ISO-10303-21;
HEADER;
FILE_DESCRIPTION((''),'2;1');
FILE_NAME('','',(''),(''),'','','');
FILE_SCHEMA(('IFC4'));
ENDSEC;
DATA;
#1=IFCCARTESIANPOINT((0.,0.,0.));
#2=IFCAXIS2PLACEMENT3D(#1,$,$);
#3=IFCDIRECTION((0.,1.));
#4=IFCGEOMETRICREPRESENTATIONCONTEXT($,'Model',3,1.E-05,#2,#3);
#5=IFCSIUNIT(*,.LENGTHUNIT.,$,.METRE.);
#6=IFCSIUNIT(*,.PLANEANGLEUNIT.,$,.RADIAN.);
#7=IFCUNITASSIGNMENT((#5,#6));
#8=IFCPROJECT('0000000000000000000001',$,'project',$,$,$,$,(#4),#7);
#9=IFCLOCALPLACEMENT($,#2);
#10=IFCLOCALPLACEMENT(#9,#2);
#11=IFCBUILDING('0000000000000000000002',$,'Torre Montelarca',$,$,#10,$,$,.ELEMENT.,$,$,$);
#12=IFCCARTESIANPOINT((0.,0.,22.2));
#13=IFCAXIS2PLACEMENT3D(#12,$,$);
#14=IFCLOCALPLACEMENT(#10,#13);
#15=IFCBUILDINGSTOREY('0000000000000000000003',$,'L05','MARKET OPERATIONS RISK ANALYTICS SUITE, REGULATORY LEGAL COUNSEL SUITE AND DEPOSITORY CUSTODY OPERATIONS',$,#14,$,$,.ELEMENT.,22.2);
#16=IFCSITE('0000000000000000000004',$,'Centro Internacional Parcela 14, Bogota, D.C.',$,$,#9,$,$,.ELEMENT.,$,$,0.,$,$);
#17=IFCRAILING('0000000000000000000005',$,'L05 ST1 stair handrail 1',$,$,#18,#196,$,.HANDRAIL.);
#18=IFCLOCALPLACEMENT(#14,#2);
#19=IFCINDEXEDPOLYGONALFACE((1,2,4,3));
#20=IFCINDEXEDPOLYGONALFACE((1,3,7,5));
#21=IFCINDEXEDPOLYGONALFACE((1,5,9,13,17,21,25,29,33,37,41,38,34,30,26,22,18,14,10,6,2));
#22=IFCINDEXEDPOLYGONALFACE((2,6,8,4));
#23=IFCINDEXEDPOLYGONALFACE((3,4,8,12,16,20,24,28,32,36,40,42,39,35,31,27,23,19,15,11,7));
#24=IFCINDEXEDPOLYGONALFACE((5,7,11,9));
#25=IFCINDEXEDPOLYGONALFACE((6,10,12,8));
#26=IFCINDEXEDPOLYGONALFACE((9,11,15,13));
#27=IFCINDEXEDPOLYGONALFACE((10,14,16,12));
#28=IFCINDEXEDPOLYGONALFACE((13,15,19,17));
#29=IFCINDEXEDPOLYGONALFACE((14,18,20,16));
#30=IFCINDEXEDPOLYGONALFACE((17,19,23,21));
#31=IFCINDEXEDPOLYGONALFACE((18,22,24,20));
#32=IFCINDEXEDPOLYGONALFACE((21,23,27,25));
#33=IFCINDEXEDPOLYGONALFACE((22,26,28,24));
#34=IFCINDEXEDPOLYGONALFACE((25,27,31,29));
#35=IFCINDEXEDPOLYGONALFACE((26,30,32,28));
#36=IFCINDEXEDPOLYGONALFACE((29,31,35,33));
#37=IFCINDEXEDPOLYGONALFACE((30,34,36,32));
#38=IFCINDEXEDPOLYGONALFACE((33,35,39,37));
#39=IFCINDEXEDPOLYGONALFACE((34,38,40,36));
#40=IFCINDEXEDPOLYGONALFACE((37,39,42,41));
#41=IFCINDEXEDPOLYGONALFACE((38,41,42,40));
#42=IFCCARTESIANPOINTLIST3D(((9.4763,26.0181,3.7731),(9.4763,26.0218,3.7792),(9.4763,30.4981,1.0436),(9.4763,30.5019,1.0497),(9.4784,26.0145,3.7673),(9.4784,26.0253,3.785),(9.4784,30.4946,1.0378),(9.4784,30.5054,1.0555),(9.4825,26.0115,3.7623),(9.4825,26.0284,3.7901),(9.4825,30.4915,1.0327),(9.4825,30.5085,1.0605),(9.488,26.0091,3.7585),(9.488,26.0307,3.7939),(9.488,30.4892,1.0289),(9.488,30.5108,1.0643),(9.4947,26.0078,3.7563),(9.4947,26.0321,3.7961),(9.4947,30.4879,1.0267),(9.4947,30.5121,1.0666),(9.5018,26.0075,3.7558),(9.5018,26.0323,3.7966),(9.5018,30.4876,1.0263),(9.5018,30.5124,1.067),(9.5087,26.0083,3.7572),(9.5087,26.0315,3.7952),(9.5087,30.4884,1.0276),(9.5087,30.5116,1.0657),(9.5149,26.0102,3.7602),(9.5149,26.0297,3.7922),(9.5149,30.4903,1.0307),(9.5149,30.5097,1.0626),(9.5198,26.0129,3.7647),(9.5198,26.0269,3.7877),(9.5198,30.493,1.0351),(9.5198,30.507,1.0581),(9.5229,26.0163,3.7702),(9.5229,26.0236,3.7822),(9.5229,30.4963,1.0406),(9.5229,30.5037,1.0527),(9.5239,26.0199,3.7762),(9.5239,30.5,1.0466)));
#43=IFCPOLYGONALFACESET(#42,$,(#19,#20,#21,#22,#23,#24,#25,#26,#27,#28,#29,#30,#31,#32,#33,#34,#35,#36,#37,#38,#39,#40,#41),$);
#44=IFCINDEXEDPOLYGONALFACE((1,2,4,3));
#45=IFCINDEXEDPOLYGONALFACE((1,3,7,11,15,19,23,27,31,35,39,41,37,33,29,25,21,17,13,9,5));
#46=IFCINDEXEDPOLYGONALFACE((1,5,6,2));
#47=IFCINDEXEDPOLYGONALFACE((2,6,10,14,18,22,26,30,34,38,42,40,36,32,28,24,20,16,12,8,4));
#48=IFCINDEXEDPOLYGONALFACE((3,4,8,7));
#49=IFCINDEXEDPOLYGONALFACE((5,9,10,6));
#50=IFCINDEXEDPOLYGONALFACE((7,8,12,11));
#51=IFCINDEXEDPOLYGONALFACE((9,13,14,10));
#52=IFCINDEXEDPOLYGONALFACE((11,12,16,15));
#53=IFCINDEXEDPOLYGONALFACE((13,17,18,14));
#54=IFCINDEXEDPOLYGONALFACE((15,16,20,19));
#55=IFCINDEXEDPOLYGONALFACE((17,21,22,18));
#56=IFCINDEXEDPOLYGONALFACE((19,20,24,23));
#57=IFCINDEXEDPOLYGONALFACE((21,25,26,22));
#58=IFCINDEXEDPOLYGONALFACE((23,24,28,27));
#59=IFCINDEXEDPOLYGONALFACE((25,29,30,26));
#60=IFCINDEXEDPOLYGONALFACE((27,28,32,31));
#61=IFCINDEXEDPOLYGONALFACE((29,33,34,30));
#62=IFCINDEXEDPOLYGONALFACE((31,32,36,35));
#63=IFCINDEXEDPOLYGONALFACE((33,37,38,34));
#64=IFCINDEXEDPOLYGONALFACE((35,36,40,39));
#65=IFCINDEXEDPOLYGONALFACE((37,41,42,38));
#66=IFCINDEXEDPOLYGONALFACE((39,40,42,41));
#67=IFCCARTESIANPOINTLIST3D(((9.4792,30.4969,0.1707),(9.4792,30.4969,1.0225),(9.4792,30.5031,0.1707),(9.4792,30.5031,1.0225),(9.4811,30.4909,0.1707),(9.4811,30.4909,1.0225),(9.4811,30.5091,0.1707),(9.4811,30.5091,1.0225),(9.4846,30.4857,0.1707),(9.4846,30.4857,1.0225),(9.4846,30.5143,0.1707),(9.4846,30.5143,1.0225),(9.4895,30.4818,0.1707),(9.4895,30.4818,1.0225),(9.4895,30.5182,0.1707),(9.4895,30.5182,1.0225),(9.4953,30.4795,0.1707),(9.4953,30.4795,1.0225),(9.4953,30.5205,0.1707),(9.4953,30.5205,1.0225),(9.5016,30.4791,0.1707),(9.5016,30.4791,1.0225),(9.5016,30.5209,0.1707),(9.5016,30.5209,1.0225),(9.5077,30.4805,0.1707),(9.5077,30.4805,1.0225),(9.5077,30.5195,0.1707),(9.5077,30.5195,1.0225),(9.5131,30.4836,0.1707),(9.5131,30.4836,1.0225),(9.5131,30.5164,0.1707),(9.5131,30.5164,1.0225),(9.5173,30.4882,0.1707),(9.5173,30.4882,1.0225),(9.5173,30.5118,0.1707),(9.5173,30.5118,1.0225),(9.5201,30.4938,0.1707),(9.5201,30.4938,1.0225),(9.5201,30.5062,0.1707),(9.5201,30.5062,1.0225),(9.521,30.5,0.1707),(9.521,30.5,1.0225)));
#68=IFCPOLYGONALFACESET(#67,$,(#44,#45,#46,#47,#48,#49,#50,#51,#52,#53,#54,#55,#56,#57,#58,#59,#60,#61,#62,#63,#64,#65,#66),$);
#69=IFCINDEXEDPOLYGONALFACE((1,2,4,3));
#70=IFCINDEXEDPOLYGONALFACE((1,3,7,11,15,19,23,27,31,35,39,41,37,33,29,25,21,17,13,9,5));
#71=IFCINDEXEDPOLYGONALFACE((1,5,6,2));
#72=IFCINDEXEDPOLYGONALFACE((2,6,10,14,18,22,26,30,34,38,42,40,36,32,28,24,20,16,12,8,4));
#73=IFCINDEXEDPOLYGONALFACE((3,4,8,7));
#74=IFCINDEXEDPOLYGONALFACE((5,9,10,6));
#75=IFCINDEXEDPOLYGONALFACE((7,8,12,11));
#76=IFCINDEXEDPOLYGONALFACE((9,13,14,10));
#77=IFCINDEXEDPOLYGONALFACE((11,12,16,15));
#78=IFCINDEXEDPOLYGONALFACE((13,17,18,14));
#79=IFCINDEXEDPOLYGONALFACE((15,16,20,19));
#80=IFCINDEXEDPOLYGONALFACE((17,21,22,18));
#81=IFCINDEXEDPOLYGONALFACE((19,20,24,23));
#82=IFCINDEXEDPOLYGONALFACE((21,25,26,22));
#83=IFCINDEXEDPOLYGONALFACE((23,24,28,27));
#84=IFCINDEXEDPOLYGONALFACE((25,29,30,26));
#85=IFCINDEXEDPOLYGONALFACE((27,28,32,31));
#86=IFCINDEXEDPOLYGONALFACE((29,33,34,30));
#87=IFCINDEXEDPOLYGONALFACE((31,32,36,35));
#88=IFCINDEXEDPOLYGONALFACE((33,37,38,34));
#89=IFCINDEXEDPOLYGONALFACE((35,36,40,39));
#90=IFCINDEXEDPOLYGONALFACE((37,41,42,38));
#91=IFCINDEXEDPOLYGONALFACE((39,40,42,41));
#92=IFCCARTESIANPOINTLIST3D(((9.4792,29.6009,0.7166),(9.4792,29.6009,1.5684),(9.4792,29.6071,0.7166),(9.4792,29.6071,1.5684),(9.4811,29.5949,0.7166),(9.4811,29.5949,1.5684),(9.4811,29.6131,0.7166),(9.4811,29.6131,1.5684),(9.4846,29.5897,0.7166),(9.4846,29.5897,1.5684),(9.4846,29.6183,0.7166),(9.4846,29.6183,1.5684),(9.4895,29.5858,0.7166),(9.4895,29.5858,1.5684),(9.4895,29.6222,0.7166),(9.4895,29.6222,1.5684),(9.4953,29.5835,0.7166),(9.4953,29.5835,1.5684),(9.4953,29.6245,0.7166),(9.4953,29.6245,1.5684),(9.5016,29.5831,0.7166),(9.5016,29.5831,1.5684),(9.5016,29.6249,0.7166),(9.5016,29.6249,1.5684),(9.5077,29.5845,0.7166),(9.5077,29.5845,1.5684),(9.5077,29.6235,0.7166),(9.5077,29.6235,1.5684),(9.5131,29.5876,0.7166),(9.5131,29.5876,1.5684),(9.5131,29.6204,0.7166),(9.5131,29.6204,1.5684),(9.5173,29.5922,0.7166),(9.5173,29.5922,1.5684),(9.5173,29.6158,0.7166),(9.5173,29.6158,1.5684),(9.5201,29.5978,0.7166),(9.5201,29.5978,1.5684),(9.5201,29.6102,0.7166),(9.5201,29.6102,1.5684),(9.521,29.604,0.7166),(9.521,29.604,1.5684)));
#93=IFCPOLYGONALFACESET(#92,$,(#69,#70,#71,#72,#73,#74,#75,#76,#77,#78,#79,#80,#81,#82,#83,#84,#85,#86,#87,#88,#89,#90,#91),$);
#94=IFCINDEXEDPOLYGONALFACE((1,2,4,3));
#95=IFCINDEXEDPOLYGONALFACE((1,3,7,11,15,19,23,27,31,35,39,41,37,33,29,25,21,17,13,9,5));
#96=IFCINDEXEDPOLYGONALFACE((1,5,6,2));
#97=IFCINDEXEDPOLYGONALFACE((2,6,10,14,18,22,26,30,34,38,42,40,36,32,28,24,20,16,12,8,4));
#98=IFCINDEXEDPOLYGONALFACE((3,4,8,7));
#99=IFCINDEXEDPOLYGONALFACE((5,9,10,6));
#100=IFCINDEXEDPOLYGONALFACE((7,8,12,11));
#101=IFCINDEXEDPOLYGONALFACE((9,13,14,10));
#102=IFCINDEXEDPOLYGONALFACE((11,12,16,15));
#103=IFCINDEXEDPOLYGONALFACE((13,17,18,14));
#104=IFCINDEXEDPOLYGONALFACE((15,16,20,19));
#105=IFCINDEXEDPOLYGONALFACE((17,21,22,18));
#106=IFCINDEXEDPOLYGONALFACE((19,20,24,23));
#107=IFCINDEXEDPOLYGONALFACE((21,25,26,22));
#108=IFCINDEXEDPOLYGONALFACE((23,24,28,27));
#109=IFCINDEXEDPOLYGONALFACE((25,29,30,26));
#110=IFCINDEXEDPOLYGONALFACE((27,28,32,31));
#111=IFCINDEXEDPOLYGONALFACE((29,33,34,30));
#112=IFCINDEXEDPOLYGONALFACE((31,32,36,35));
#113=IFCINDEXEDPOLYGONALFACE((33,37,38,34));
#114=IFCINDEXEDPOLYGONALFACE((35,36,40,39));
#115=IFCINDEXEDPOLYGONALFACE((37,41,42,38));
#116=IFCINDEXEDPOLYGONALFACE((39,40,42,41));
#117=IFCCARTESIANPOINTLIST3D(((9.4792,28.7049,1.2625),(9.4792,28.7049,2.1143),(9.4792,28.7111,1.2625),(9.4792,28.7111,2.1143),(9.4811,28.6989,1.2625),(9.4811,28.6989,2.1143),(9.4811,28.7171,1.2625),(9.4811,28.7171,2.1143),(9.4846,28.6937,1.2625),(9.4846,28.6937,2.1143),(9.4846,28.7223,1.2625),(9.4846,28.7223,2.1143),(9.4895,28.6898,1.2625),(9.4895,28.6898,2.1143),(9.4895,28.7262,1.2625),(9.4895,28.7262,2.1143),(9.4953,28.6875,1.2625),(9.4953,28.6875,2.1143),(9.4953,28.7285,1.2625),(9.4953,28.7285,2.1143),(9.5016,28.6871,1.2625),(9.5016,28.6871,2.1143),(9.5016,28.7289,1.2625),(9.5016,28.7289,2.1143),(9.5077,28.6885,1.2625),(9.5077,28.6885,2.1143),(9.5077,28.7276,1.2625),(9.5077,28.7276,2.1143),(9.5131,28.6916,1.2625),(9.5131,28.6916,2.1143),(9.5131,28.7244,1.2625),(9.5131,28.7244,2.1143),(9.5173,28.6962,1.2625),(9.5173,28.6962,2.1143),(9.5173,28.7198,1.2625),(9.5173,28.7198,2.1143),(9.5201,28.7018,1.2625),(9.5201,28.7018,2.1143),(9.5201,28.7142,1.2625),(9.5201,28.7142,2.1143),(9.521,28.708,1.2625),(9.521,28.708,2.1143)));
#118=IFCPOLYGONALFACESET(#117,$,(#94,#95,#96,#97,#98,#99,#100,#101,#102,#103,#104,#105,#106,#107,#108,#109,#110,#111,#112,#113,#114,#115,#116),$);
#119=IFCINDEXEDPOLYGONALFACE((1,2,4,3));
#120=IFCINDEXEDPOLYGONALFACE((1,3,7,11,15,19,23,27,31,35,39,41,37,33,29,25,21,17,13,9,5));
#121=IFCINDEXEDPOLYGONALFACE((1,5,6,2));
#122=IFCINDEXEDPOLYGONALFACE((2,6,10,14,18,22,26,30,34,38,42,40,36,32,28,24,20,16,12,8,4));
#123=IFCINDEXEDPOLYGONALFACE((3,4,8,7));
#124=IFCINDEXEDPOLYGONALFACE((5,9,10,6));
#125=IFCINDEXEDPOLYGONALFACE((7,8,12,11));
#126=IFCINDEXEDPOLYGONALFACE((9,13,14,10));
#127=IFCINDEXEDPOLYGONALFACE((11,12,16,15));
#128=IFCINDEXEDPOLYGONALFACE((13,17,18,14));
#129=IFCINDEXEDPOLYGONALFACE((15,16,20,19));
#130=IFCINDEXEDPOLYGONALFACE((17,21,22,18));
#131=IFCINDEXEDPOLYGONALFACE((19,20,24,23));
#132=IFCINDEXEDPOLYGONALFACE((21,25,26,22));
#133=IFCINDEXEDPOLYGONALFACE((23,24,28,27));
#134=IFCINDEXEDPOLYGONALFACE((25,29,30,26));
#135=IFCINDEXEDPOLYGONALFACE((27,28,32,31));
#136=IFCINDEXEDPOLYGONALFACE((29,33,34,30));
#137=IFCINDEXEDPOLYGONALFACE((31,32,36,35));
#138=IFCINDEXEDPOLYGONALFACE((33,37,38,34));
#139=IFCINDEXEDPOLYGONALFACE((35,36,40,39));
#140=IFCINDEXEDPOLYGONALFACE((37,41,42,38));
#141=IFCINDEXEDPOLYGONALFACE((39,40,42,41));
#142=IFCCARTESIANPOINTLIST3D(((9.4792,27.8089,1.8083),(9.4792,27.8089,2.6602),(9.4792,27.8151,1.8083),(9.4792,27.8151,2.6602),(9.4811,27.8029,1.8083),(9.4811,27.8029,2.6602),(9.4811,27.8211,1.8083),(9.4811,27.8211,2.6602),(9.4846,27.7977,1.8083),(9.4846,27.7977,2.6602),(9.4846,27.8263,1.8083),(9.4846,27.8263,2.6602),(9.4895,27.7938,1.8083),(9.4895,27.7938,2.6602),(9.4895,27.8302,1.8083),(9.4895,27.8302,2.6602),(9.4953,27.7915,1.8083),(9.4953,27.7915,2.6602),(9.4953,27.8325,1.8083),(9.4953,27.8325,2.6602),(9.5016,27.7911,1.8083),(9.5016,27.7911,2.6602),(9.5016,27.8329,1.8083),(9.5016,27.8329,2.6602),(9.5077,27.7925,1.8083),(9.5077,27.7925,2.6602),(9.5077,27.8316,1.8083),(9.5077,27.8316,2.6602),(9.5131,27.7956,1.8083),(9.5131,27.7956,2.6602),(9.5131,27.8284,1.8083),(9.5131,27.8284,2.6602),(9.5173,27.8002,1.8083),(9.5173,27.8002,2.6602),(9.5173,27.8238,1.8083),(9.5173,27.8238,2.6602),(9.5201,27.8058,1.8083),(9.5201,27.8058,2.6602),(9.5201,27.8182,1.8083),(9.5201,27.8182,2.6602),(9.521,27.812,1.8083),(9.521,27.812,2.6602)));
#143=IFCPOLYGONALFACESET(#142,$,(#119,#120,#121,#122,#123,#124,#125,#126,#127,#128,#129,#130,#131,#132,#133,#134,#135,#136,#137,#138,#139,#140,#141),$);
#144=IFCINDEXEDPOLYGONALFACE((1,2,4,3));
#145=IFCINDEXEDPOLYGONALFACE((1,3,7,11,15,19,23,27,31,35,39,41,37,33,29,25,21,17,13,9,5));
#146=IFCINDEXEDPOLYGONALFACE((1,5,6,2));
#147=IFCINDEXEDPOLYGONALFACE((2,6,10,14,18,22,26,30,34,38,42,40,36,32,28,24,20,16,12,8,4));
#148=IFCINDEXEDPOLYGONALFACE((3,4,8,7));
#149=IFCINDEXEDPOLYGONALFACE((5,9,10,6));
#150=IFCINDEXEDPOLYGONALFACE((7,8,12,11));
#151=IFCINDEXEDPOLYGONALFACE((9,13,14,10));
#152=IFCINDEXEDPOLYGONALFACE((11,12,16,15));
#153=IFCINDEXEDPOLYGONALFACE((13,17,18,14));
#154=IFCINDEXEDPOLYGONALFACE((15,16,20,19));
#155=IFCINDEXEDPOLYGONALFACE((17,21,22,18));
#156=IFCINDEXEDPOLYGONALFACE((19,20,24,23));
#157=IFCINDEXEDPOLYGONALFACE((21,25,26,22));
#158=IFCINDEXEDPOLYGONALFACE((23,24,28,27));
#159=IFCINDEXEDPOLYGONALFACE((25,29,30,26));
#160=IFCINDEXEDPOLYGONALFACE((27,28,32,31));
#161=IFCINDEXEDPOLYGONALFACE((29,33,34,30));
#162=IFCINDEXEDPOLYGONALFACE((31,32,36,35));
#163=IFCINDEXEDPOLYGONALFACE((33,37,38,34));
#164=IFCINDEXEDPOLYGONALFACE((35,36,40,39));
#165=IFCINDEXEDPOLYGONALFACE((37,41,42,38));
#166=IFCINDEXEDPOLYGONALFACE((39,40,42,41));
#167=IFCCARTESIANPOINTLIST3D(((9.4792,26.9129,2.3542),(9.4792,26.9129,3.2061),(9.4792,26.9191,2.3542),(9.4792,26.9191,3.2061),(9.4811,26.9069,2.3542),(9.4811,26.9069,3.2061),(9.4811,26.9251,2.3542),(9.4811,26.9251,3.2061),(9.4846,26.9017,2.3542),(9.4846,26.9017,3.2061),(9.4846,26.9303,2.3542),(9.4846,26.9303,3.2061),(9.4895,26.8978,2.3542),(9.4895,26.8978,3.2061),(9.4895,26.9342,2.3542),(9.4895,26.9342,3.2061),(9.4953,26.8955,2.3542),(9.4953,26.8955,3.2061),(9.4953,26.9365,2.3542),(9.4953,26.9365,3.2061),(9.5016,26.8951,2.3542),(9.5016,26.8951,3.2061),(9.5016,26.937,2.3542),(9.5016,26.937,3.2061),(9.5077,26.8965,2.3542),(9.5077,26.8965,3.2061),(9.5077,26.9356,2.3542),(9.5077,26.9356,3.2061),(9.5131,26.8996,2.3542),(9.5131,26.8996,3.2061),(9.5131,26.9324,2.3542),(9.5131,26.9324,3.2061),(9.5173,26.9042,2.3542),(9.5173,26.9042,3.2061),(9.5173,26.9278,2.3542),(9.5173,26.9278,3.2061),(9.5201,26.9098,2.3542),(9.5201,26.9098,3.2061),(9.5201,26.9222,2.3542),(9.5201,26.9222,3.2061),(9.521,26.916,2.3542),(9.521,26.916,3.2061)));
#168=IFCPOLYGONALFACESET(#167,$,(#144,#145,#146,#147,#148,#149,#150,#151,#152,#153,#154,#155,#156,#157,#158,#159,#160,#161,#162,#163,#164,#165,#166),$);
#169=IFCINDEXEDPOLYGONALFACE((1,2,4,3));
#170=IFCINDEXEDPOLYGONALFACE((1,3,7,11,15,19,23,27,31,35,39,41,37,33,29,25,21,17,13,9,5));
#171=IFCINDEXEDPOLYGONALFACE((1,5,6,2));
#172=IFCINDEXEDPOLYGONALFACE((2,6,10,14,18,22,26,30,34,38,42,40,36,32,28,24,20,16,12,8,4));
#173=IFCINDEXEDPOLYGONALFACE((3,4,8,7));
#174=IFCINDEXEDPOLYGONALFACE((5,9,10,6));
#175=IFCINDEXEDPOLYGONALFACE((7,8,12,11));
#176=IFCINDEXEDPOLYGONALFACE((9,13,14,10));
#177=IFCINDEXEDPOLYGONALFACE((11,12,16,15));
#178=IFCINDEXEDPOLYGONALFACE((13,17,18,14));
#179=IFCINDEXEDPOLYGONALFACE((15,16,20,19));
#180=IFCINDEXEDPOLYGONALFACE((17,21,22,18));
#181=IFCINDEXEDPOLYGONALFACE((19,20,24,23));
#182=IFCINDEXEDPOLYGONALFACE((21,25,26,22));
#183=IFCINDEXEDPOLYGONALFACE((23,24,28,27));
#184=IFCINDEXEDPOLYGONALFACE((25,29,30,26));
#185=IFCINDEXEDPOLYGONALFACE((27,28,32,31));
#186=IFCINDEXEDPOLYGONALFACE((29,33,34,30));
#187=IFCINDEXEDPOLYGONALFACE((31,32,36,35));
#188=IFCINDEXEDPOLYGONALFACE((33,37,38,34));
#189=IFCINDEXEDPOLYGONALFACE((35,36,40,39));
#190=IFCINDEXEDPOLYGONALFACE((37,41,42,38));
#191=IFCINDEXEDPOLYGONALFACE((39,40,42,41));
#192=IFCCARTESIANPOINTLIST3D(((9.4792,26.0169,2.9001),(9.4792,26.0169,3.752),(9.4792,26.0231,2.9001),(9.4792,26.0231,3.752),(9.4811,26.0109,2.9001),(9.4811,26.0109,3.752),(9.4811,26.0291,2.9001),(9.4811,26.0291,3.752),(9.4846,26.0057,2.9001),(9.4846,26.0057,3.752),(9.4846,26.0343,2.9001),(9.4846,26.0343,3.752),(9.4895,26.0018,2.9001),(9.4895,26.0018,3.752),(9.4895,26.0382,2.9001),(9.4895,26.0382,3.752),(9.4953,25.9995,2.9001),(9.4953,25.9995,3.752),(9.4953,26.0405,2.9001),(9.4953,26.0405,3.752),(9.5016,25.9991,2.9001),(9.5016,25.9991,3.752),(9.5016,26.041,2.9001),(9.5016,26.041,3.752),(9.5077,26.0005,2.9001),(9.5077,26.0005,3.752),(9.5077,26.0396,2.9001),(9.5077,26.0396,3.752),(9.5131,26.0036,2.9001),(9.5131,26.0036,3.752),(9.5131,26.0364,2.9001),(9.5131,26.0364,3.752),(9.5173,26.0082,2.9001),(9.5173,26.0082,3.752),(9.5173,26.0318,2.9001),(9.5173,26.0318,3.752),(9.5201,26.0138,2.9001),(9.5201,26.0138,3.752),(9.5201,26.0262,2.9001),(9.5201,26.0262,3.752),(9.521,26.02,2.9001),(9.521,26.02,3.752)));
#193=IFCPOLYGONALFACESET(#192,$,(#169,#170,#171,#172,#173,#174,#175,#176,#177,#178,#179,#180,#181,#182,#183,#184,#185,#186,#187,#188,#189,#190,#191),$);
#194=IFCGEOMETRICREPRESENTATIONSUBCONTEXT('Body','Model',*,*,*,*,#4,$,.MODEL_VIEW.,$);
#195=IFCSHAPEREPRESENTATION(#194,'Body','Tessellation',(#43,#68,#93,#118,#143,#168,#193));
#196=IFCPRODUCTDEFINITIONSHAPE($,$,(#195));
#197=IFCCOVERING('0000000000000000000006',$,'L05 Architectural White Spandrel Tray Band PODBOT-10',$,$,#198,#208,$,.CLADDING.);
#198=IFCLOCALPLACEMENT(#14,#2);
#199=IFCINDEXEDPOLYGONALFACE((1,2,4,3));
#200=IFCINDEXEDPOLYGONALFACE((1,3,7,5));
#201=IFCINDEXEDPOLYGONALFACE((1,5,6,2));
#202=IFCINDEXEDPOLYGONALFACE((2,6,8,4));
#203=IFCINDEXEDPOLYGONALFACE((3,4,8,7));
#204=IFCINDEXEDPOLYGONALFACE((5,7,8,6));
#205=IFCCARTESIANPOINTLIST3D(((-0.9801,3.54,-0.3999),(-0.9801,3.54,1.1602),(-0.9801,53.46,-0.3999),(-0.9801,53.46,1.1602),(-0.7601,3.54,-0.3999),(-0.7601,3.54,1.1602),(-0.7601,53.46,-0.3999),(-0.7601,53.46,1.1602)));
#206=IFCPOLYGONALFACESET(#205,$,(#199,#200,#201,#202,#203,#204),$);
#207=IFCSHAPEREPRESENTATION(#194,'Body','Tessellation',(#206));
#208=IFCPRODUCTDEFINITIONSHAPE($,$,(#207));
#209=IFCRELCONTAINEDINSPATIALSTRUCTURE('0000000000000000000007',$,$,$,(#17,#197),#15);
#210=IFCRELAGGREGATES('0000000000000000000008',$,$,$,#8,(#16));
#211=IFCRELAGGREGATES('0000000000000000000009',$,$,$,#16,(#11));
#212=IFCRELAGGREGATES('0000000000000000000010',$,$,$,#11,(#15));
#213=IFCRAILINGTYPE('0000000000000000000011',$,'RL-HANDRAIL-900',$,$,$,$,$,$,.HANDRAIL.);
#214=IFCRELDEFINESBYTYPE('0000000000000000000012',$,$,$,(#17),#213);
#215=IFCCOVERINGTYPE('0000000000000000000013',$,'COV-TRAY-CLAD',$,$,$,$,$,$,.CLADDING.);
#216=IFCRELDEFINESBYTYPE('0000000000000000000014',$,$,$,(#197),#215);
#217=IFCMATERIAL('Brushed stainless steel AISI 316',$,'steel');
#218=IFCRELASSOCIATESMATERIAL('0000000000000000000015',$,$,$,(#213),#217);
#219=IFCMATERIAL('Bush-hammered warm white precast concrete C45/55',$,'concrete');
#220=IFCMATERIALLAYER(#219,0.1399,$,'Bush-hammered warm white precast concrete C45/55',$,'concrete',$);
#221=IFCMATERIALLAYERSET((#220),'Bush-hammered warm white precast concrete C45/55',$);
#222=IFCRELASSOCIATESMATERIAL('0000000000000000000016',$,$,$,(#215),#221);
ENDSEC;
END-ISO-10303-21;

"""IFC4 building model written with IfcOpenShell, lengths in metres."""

from ifc_helpers import new_model, si_unit, direction, frame, origin, origin_2d, place, context, subcontext, project, spatial, rectangle, circle, extrude, source, transform, mapped, material, layer, layer_set, type_object, element, save


model = new_model("IFC4")

# Units and contexts
model_context = context("Model", 3, precision=1e-05, world=origin(), true_north=direction((0.0, 1.0)))
body_context = subcontext(model_context, "Body", "Model", "MODEL_VIEW")
ifc_project = project(units=[si_unit("LENGTHUNIT", "METRE"), si_unit("PLANEANGLEUNIT", "RADIAN")], contexts=[model_context])

# Site, building, storey
site_placement = place(None, origin())
site = spatial("IfcSite", under=ifc_project, at=site_placement, Name="Centro Internacional Parcela 14, Bogota, D.C.", CompositionType="ELEMENT", RefElevation=0.0)
building_placement = place(site_placement, origin())
building = spatial("IfcBuilding", under=site, at=building_placement, Name="Torre Montelarca", CompositionType="ELEMENT")
storey_placement = place(building_placement, frame((0.0, 0.0, 22.2)))
storey = spatial("IfcBuildingStorey", under=building, at=storey_placement, Name="L05", Description="MARKET OPERATIONS RISK ANALYTICS SUITE, REGULATORY LEGAL COUNSEL SUITE AND DEPOSITORY CUSTODY OPERATIONS", CompositionType="ELEMENT", Elevation=22.2)

# Shared definitions
ifc_material_1 = material(Name="Brushed stainless steel AISI 316", Category="steel")

# Railing
railing_type_1 = type_object("IfcRailingType", Name="RL-HANDRAIL-900", PredefinedType="HANDRAIL", material=ifc_material_1)
railing_1_placement = place(storey_placement, frame((9.5, 30.5, 0.1707)))
element("IfcRailing", 1, at=railing_1_placement, inside=storey, type_object=railing_type_1, Name="L05 ST1 stair handrail 1", PredefinedType="HANDRAIL", context=body_context, shape_type="SweptSolid", body=[
    extrude(circle(Radius=0.0239, at=origin_2d()), frame((0.0, 0.0, 0.876), z_axis=(0.0, -0.853983, 0.520301), x_axis=(1.0, 0.0, 0.0)), (0.0, 0.0, 1.0), 5.2461),
    extrude(circle(Radius=0.021, at=origin_2d()), origin(), (0.0, 0.0, 1.0), 0.8518),
    extrude(circle(Radius=0.021, at=origin_2d()), frame((0.0, -0.896, 0.5459)), (0.0, 0.0, 1.0), 0.8518),
    extrude(circle(Radius=0.021, at=origin_2d()), frame((0.0, -1.792, 1.0918)), (0.0, 0.0, 1.0), 0.8518),
    extrude(circle(Radius=0.021, at=origin_2d()), frame((0.0, -2.688, 1.6377)), (0.0, 0.0, 1.0), 0.8518),
    extrude(circle(Radius=0.021, at=origin_2d()), frame((0.0, -3.584, 2.1836)), (0.0, 0.0, 1.0), 0.8518),
    extrude(circle(Radius=0.021, at=origin_2d()), frame((0.0, -4.48, 2.7295)), (0.0, 0.0, 1.0), 0.8518),
])

# Covering
ifc_material_2 = material(Name="Bush-hammered warm white precast concrete C45/55", Category="concrete")
ifc_layer_1 = layer(ifc_material_2, 0.1399, Name="Bush-hammered warm white precast concrete C45/55", Category="concrete")
ifc_layer_set_1 = layer_set([ifc_layer_1], Name="Bush-hammered warm white precast concrete C45/55")
covering_type = type_object("IfcCoveringType", Name="COV-TRAY-CLAD", PredefinedType="CLADDING", material=ifc_layer_set_1)
shared_shape_1 = source(origin(), body_context, "Body", "SweptSolid", [
    extrude(rectangle(XDim=49.9199, YDim=0.22, at=origin_2d()), origin(), (0.0, 0.0, 1.0), 1.5601),
])
covering_1_placement = place(storey_placement, frame((-0.8701, 28.5, -0.3999), z_axis=(0.0, 0.0, 1.0), x_axis=(0.0, -1.0, 0.0)))
element("IfcCovering", 2, at=covering_1_placement, inside=storey, type_object=covering_type, Name="L05 Architectural White Spandrel Tray Band PODBOT-10", PredefinedType="CLADDING", context=body_context, shape_type="MappedRepresentation", body=[
    mapped(shared_shape_1, transform((0.0, 0.0, 0.0), scale=1.0)),
])

save(model, "model.ifc")
